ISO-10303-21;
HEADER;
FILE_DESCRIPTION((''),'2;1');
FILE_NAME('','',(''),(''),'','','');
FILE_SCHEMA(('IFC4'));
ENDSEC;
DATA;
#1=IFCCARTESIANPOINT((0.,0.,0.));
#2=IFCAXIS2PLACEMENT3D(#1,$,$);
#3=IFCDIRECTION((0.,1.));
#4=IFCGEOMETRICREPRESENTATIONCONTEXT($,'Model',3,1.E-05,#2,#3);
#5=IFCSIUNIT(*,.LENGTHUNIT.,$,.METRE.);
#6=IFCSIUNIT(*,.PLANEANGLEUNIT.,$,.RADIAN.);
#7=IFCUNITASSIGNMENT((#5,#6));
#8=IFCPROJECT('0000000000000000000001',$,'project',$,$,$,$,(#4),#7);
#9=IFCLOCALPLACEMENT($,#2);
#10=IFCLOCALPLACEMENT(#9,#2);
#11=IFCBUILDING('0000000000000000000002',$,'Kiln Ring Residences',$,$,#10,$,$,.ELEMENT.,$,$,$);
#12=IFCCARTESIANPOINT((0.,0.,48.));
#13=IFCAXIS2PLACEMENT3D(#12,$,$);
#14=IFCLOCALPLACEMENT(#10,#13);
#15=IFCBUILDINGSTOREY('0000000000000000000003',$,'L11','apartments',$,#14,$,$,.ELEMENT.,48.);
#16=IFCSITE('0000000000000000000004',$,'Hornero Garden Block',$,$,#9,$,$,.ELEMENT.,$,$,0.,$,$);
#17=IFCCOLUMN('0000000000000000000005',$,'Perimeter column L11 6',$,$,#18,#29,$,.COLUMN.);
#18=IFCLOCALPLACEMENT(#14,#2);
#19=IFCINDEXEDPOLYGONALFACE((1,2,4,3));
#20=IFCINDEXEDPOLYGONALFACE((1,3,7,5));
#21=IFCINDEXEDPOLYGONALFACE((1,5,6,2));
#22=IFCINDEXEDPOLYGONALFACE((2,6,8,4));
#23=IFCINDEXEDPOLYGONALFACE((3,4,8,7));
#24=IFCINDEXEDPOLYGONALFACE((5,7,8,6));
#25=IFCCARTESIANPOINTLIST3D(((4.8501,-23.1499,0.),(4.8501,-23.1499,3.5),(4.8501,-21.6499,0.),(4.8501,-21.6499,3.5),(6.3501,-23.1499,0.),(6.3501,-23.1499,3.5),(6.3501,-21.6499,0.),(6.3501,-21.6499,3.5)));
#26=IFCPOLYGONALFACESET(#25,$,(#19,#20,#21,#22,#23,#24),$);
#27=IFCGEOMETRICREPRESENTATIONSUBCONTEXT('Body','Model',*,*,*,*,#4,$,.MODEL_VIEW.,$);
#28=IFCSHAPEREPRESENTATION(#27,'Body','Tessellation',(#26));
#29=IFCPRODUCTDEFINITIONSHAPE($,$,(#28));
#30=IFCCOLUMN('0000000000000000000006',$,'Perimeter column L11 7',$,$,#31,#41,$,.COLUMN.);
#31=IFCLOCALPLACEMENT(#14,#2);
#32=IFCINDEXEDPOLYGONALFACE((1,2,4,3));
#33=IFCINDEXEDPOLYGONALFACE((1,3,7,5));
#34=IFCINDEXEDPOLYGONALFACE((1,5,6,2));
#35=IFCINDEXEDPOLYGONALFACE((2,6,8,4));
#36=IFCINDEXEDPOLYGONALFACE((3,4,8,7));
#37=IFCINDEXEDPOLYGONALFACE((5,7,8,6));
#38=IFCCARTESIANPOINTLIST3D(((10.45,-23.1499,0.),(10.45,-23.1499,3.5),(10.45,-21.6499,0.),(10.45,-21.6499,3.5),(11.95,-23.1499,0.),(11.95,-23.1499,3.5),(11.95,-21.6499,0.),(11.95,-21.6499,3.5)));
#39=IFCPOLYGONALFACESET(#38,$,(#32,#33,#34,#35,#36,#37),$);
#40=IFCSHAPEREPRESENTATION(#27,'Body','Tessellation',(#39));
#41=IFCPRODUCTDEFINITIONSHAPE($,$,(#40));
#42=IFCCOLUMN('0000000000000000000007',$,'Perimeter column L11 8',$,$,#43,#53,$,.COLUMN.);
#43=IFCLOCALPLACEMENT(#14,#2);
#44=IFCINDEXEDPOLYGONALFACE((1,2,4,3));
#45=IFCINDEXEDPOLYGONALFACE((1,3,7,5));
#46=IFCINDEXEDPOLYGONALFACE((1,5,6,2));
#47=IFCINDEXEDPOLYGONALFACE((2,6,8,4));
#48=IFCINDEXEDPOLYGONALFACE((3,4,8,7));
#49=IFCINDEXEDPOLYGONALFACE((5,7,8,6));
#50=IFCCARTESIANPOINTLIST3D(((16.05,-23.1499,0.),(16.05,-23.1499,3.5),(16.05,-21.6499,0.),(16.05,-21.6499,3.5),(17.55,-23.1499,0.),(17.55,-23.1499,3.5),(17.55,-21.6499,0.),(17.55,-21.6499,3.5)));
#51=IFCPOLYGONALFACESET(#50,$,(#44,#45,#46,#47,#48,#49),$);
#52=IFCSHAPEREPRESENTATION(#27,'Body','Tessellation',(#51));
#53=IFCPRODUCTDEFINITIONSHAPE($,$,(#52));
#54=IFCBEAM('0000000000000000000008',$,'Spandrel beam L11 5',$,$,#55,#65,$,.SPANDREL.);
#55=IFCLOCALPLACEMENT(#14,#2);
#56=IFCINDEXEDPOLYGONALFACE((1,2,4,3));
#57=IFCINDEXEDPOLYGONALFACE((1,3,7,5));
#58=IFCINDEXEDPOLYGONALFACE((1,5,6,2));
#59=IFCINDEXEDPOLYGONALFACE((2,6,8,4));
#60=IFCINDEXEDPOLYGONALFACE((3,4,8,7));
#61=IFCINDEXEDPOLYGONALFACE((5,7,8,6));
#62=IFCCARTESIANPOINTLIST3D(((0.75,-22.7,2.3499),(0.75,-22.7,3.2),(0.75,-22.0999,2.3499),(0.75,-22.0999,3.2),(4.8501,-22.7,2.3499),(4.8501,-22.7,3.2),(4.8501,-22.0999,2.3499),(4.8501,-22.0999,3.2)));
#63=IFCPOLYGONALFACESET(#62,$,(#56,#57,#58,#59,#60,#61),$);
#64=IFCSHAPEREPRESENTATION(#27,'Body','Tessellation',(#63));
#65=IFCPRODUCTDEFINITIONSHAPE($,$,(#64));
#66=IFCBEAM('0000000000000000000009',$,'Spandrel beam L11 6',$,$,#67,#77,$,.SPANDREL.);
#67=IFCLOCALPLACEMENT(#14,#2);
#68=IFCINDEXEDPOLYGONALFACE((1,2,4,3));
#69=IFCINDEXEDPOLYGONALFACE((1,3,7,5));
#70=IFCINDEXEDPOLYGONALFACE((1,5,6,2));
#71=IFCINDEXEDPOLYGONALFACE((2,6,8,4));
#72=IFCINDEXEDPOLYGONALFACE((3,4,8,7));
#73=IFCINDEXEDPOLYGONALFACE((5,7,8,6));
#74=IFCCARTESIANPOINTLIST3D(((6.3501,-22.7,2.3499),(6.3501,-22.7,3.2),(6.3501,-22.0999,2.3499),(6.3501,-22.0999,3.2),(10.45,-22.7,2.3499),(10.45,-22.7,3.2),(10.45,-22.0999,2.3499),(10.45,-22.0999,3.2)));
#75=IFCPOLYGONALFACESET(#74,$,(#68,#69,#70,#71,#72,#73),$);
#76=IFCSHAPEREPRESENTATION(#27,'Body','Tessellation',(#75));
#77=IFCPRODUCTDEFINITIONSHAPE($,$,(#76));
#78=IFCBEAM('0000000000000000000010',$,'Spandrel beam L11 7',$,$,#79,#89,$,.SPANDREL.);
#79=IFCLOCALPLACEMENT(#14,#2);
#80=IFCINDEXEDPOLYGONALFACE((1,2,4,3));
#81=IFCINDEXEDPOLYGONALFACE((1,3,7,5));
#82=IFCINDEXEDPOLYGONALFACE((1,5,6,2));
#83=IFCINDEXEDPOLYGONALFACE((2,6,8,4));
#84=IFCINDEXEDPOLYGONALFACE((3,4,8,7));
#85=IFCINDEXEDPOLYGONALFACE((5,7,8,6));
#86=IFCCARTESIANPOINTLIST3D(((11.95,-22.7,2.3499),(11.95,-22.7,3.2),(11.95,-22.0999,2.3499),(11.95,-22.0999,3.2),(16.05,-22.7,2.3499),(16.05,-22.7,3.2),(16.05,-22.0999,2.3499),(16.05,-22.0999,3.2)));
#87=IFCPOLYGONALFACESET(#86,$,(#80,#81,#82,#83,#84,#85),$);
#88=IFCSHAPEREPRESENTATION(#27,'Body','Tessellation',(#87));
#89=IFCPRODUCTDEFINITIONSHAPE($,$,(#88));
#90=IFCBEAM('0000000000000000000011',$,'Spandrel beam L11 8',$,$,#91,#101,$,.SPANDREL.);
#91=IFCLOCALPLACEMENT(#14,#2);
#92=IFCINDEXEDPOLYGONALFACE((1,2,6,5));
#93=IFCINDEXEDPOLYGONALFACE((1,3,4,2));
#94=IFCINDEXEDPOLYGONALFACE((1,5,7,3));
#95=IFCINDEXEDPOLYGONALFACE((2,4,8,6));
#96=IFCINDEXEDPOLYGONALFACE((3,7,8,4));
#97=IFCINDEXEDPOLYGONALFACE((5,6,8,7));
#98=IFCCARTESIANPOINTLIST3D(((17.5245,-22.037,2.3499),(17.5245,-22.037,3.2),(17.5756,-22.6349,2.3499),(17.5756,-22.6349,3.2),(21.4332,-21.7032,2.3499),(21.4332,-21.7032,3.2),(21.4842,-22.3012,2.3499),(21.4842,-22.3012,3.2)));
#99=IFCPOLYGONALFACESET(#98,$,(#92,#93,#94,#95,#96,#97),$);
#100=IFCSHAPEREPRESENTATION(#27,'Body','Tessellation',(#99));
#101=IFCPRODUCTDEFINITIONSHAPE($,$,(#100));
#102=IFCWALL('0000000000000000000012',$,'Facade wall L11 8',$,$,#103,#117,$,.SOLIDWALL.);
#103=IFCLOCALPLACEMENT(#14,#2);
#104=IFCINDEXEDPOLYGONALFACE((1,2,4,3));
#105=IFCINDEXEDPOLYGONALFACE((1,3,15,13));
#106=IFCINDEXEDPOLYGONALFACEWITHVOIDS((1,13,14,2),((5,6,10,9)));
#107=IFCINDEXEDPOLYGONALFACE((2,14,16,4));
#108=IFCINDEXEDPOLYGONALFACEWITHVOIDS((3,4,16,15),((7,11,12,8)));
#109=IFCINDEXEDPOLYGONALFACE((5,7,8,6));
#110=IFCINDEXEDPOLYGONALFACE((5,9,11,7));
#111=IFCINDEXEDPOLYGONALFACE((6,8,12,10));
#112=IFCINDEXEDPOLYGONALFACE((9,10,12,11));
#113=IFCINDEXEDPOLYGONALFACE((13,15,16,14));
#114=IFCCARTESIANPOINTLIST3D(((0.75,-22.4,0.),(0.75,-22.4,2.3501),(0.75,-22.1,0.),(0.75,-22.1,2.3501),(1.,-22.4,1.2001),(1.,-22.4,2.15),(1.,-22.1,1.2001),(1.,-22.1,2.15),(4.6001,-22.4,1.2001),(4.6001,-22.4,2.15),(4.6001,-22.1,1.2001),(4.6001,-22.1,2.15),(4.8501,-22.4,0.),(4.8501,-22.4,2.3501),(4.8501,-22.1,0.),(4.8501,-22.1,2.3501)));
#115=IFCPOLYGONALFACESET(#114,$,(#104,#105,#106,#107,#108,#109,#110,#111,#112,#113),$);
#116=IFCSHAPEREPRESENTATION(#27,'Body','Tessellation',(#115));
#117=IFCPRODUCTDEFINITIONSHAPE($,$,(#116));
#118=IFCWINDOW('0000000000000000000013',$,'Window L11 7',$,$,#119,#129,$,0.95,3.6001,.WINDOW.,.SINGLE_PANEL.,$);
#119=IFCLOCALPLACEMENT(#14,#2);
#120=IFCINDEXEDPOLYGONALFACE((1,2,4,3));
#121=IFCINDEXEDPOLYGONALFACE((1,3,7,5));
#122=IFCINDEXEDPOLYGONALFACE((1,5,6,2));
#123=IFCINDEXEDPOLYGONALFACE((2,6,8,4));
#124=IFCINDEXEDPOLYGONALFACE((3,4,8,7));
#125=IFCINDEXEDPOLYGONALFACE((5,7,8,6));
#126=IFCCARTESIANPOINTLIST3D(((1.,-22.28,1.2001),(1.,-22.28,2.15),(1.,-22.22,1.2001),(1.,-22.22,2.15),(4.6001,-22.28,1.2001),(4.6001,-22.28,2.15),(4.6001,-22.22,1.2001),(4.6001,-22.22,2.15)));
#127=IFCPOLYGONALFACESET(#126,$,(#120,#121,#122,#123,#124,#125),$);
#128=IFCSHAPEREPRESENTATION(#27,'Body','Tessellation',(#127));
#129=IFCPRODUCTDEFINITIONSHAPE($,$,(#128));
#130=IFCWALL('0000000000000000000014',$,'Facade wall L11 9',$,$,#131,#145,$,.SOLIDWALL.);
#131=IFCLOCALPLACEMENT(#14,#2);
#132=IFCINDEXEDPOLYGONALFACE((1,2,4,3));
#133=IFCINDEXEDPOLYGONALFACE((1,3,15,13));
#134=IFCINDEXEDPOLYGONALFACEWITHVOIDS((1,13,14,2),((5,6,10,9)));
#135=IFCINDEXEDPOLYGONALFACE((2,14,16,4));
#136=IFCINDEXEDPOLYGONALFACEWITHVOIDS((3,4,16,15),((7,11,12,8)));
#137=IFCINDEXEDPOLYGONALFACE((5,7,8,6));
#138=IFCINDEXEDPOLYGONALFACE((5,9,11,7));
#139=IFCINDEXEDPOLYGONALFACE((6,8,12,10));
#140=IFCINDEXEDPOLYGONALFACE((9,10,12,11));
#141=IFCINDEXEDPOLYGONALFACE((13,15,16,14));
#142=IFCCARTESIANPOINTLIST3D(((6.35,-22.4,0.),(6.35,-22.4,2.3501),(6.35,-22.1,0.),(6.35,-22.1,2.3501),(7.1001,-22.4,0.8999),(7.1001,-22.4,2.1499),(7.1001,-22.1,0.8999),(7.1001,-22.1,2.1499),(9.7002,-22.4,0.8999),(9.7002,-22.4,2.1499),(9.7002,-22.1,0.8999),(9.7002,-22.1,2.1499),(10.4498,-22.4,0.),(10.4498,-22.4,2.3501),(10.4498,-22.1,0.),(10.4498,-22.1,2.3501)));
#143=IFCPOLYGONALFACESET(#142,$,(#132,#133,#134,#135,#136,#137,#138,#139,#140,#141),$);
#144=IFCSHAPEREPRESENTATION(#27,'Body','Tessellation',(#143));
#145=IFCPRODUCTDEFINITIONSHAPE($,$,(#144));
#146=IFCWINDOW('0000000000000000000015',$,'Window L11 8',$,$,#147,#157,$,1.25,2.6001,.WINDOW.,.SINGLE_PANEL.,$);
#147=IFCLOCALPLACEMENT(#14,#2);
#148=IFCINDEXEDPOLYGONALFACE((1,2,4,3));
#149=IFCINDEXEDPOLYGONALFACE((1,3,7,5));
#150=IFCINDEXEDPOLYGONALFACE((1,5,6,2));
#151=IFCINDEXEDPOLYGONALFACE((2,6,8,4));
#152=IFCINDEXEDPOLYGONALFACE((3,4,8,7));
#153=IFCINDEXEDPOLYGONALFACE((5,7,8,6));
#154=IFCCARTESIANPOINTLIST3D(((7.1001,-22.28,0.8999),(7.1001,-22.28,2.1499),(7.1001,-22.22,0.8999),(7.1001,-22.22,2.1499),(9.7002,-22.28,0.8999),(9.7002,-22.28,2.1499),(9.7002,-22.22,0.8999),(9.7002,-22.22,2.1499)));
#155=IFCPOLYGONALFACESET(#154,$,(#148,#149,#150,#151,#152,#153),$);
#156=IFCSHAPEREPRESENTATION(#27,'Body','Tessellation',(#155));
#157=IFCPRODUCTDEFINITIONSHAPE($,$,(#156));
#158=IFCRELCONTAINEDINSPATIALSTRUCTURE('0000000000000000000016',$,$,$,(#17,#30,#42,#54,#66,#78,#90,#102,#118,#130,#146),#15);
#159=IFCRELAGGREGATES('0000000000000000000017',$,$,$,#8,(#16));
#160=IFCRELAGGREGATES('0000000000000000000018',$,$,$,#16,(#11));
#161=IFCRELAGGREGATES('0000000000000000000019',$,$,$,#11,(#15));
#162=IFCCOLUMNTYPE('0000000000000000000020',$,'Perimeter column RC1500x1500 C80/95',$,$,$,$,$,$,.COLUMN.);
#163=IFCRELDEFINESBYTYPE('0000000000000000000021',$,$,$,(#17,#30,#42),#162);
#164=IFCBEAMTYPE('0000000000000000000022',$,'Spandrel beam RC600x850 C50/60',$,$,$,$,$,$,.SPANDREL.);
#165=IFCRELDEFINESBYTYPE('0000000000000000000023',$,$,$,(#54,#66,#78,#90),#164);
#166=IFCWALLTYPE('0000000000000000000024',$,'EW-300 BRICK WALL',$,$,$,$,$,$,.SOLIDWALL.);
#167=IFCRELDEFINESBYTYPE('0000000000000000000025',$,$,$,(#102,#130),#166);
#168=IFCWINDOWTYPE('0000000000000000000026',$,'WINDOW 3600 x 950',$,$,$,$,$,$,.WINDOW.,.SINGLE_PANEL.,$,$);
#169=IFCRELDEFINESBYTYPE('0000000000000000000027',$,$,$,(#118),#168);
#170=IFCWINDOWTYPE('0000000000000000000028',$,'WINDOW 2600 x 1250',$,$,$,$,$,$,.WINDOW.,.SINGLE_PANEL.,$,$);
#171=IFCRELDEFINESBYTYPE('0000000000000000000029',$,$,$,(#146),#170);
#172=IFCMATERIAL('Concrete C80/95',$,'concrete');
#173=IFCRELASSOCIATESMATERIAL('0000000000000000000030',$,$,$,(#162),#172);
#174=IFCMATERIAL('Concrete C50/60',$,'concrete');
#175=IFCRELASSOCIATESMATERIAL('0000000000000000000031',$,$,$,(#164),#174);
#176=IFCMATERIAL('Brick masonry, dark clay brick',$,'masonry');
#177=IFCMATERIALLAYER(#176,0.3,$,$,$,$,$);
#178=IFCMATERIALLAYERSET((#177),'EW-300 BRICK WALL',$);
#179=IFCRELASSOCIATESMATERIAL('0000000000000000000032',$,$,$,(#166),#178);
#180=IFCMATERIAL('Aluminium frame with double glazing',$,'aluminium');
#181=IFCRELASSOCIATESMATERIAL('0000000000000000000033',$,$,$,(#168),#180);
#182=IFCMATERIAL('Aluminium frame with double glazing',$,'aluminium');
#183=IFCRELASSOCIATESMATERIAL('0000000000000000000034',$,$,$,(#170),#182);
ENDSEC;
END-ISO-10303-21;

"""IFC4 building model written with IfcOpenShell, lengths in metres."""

from ifc_helpers import new_model, si_unit, direction, frame, frame_2d, origin, origin_2d, place, context, subcontext, project, spatial, rectangle, extrude, material, layer, layer_set, material_profile, profile_set, type_object, element, fill, save


model = new_model("IFC4")

# Units and contexts
model_context = context("Model", 3, precision=1e-05, world=origin(), true_north=direction((0.0, 1.0)))
body_context = subcontext(model_context, "Body", "Model", "MODEL_VIEW")
ifc_project = project(units=[si_unit("LENGTHUNIT", "METRE"), si_unit("PLANEANGLEUNIT", "RADIAN")], contexts=[model_context])

# Site, building, storey
site_placement = place(None, origin())
site = spatial("IfcSite", under=ifc_project, at=site_placement, Name="Hornero Garden Block", CompositionType="ELEMENT", RefElevation=0.0)
building_placement = place(site_placement, origin())
building = spatial("IfcBuilding", under=site, at=building_placement, Name="Kiln Ring Residences", CompositionType="ELEMENT")
storey_placement = place(building_placement, frame((0.0, 0.0, 48.0)))
storey = spatial("IfcBuildingStorey", under=building, at=storey_placement, Name="L11", Description="apartments", CompositionType="ELEMENT", Elevation=48.0)

# Columns
ifc_material_1 = material(Name="Concrete C80/95", Category="concrete")
ifc_material_profile_1 = material_profile(ifc_material_1, rectangle(XDim=1.5, YDim=1.5, at=origin_2d()), Name="RC1500x1500")
ifc_profile_set_1 = profile_set([ifc_material_profile_1], Name="Concrete C80/95")
column_type = type_object("IfcColumnType", Name="Perimeter column RC1500x1500 C80/95", PredefinedType="COLUMN", material=ifc_profile_set_1)
for number, where, z_axis, x_axis, name in (
    (1, (5.6001, -22.3999, 0.0), (0.0, 0.0, 1.0), (1.0, 0.0, 0.0), "Perimeter column L11 6"),
    (2, (11.2, -22.3999, 0.0), (0.0, 0.0, 1.0), (1.0, 0.0, 0.0), "Perimeter column L11 7"),
    (3, (16.8, -22.3999, 0.0), (0.0, 0.0, 1.0), (1.0, 0.0, 0.0), "Perimeter column L11 8"),
):
    element("IfcColumn", number, at=place(storey_placement, frame(where, z_axis=z_axis, x_axis=x_axis)), inside=storey, type_object=column_type, Name=name, PredefinedType="COLUMN", context=body_context, shape_type="SweptSolid", body=[
        extrude(rectangle(XDim=1.5, YDim=1.5, at=origin_2d()), origin(), (0.0, 0.0, 1.0), 3.5),
    ])

# Beams
ifc_material_2 = material(Name="Concrete C50/60", Category="concrete")
ifc_material_profile_2 = material_profile(ifc_material_2, rectangle(XDim=0.6001, YDim=0.8501, at=origin_2d()), Name="RC600x850")
ifc_profile_set_2 = profile_set([ifc_material_profile_2], Name="Concrete C50/60")
beam_type = type_object("IfcBeamType", Name="Spandrel beam RC600x850 C50/60", PredefinedType="SPANDREL", material=ifc_profile_set_2)
beam_1_placement = place(storey_placement, frame((0.75, -22.3999, 2.7749), z_axis=(1.0, 0.0, 0.0), x_axis=(0.0, 1.0, 0.0)))
element("IfcBeam", 4, at=beam_1_placement, inside=storey, type_object=beam_type, Name="Spandrel beam L11 5", PredefinedType="SPANDREL", context=body_context, shape_type="SweptSolid", body=[
    extrude(rectangle(XDim=0.6001, YDim=0.8501, at=origin_2d()), origin(), (0.0, 0.0, 1.0), 4.1001),
])
beam_2_placement = place(storey_placement, frame((6.3501, -22.3999, 2.7749), z_axis=(1.0, 0.0, 0.0), x_axis=(0.0, 1.0, 0.0)))
element("IfcBeam", 5, at=beam_2_placement, inside=storey, type_object=beam_type, Name="Spandrel beam L11 6", PredefinedType="SPANDREL", context=body_context, shape_type="SweptSolid", body=[
    extrude(rectangle(XDim=0.6001, YDim=0.8501, at=origin_2d()), origin(), (0.0, 0.0, 1.0), 4.0999),
])
beam_3_placement = place(storey_placement, frame((11.95, -22.3999, 2.7749), z_axis=(1.0, 0.0, 0.0), x_axis=(0.0, 1.0, 0.0)))
element("IfcBeam", 6, at=beam_3_placement, inside=storey, type_object=beam_type, Name="Spandrel beam L11 7", PredefinedType="SPANDREL", context=body_context, shape_type="SweptSolid", body=[
    extrude(rectangle(XDim=0.6001, YDim=0.8501, at=origin_2d()), origin(), (0.0, 0.0, 1.0), 4.1001),
])
beam_4_placement = place(storey_placement, frame((17.55, -22.3359, 2.7749), z_axis=(0.996375, 0.085075, 0.0), x_axis=(-0.085075, 0.996375, 0.0)))
element("IfcBeam", 7, at=beam_4_placement, inside=storey, type_object=beam_type, Name="Spandrel beam L11 8", PredefinedType="SPANDREL", context=body_context, shape_type="SweptSolid", body=[
    extrude(rectangle(XDim=0.6001, YDim=0.8501, at=origin_2d()), origin(), (0.0, 0.0, 1.0), 3.9229),
])

# Walls, openings, windows
ifc_material_3 = material(Name="Brick masonry, dark clay brick", Category="masonry")
ifc_layer_1 = layer(ifc_material_3, 0.3)
ifc_layer_set_1 = layer_set([ifc_layer_1], Name="EW-300 BRICK WALL")
wall_type_1 = type_object("IfcWallType", Name="EW-300 BRICK WALL", PredefinedType="SOLIDWALL", material=ifc_layer_set_1)
wall_1_placement = place(storey_placement, frame((0.75, -22.25, 0.0), z_axis=(0.0, 0.0, 1.0), x_axis=(1.0, 0.0, 0.0)))
wall_1 = element("IfcWall", 8, at=wall_1_placement, inside=storey, type_object=wall_type_1, Name="Facade wall L11 8", PredefinedType="SOLIDWALL", context=body_context, shape_type="SweptSolid", body=[
    extrude(rectangle(XDim=4.1001, YDim=0.3, at=frame_2d((2.05, 0.0))), origin(), (0.0, 0.0, 1.0), 2.3501),
])
opening_1_placement = place(wall_1_placement, frame((0.25, 0.0, 1.2)))
opening_1 = element("IfcOpeningElement", 9, at=opening_1_placement, cuts=wall_1, PredefinedType="OPENING", context=body_context, shape_type="SweptSolid", body=[
    extrude(rectangle(XDim=3.6001, YDim=0.95, at=frame_2d((1.8, 0.4751))), frame((0.0, 0.1599, 0.0), z_axis=(0.0, -1.0, 0.0), x_axis=(1.0, 0.0, 0.0)), (0.0, 0.0, 1.0), 0.3201),
])
ifc_material_4 = material(Name="Aluminium frame with double glazing", Category="aluminium")
window_type_1 = type_object("IfcWindowType", Name="WINDOW 3600 x 950", PartitioningType="SINGLE_PANEL", PredefinedType="WINDOW", material=ifc_material_4)
window_1_placement = place(opening_1_placement, origin())
window_1 = element("IfcWindow", 10, at=window_1_placement, inside=storey, type_object=window_type_1, Name="Window L11 7", OverallHeight=0.95, OverallWidth=3.6001, PartitioningType="SINGLE_PANEL", PredefinedType="WINDOW", context=body_context, shape_type="SweptSolid", body=[
    extrude(rectangle(XDim=3.6001, YDim=0.95, at=frame_2d((1.8, 0.4751))), frame((0.0, 0.03, 0.0), z_axis=(0.0, -1.0, 0.0), x_axis=(1.0, 0.0, 0.0)), (0.0, 0.0, 1.0), 0.0601),
])
fill(opening_1, window_1)
wall_2_placement = place(storey_placement, frame((6.3501, -22.25, 0.0), z_axis=(0.0, 0.0, 1.0), x_axis=(1.0, 0.0, 0.0)))
wall_2 = element("IfcWall", 11, at=wall_2_placement, inside=storey, type_object=wall_type_1, Name="Facade wall L11 9", PredefinedType="SOLIDWALL", context=body_context, shape_type="SweptSolid", body=[
    extrude(rectangle(XDim=4.0999, YDim=0.3, at=frame_2d((2.0498, 0.0))), origin(), (0.0, 0.0, 1.0), 2.3501),
])
opening_2_placement = place(wall_2_placement, frame((0.75, 0.0, 0.8999)))
opening_2 = element("IfcOpeningElement", 12, at=opening_2_placement, cuts=wall_2, PredefinedType="OPENING", context=body_context, shape_type="SweptSolid", body=[
    extrude(rectangle(XDim=2.6001, YDim=1.25, at=frame_2d((1.3, 0.625))), frame((0.0, 0.1599, 0.0), z_axis=(0.0, -1.0, 0.0), x_axis=(1.0, 0.0, 0.0)), (0.0, 0.0, 1.0), 0.3201),
])
ifc_material_5 = material(Name="Aluminium frame with double glazing", Category="aluminium")
window_type_2 = type_object("IfcWindowType", Name="WINDOW 2600 x 1250", PartitioningType="SINGLE_PANEL", PredefinedType="WINDOW", material=ifc_material_5)
window_2_placement = place(opening_2_placement, origin())
window_2 = element("IfcWindow", 13, at=window_2_placement, inside=storey, type_object=window_type_2, Name="Window L11 8", OverallHeight=1.25, OverallWidth=2.6001, PartitioningType="SINGLE_PANEL", PredefinedType="WINDOW", context=body_context, shape_type="SweptSolid", body=[
    extrude(rectangle(XDim=2.6001, YDim=1.25, at=frame_2d((1.3, 0.625))), frame((0.0, 0.03, 0.0), z_axis=(0.0, -1.0, 0.0), x_axis=(1.0, 0.0, 0.0)), (0.0, 0.0, 1.0), 0.0601),
])
fill(opening_2, window_2)

save(model, "model.ifc")
